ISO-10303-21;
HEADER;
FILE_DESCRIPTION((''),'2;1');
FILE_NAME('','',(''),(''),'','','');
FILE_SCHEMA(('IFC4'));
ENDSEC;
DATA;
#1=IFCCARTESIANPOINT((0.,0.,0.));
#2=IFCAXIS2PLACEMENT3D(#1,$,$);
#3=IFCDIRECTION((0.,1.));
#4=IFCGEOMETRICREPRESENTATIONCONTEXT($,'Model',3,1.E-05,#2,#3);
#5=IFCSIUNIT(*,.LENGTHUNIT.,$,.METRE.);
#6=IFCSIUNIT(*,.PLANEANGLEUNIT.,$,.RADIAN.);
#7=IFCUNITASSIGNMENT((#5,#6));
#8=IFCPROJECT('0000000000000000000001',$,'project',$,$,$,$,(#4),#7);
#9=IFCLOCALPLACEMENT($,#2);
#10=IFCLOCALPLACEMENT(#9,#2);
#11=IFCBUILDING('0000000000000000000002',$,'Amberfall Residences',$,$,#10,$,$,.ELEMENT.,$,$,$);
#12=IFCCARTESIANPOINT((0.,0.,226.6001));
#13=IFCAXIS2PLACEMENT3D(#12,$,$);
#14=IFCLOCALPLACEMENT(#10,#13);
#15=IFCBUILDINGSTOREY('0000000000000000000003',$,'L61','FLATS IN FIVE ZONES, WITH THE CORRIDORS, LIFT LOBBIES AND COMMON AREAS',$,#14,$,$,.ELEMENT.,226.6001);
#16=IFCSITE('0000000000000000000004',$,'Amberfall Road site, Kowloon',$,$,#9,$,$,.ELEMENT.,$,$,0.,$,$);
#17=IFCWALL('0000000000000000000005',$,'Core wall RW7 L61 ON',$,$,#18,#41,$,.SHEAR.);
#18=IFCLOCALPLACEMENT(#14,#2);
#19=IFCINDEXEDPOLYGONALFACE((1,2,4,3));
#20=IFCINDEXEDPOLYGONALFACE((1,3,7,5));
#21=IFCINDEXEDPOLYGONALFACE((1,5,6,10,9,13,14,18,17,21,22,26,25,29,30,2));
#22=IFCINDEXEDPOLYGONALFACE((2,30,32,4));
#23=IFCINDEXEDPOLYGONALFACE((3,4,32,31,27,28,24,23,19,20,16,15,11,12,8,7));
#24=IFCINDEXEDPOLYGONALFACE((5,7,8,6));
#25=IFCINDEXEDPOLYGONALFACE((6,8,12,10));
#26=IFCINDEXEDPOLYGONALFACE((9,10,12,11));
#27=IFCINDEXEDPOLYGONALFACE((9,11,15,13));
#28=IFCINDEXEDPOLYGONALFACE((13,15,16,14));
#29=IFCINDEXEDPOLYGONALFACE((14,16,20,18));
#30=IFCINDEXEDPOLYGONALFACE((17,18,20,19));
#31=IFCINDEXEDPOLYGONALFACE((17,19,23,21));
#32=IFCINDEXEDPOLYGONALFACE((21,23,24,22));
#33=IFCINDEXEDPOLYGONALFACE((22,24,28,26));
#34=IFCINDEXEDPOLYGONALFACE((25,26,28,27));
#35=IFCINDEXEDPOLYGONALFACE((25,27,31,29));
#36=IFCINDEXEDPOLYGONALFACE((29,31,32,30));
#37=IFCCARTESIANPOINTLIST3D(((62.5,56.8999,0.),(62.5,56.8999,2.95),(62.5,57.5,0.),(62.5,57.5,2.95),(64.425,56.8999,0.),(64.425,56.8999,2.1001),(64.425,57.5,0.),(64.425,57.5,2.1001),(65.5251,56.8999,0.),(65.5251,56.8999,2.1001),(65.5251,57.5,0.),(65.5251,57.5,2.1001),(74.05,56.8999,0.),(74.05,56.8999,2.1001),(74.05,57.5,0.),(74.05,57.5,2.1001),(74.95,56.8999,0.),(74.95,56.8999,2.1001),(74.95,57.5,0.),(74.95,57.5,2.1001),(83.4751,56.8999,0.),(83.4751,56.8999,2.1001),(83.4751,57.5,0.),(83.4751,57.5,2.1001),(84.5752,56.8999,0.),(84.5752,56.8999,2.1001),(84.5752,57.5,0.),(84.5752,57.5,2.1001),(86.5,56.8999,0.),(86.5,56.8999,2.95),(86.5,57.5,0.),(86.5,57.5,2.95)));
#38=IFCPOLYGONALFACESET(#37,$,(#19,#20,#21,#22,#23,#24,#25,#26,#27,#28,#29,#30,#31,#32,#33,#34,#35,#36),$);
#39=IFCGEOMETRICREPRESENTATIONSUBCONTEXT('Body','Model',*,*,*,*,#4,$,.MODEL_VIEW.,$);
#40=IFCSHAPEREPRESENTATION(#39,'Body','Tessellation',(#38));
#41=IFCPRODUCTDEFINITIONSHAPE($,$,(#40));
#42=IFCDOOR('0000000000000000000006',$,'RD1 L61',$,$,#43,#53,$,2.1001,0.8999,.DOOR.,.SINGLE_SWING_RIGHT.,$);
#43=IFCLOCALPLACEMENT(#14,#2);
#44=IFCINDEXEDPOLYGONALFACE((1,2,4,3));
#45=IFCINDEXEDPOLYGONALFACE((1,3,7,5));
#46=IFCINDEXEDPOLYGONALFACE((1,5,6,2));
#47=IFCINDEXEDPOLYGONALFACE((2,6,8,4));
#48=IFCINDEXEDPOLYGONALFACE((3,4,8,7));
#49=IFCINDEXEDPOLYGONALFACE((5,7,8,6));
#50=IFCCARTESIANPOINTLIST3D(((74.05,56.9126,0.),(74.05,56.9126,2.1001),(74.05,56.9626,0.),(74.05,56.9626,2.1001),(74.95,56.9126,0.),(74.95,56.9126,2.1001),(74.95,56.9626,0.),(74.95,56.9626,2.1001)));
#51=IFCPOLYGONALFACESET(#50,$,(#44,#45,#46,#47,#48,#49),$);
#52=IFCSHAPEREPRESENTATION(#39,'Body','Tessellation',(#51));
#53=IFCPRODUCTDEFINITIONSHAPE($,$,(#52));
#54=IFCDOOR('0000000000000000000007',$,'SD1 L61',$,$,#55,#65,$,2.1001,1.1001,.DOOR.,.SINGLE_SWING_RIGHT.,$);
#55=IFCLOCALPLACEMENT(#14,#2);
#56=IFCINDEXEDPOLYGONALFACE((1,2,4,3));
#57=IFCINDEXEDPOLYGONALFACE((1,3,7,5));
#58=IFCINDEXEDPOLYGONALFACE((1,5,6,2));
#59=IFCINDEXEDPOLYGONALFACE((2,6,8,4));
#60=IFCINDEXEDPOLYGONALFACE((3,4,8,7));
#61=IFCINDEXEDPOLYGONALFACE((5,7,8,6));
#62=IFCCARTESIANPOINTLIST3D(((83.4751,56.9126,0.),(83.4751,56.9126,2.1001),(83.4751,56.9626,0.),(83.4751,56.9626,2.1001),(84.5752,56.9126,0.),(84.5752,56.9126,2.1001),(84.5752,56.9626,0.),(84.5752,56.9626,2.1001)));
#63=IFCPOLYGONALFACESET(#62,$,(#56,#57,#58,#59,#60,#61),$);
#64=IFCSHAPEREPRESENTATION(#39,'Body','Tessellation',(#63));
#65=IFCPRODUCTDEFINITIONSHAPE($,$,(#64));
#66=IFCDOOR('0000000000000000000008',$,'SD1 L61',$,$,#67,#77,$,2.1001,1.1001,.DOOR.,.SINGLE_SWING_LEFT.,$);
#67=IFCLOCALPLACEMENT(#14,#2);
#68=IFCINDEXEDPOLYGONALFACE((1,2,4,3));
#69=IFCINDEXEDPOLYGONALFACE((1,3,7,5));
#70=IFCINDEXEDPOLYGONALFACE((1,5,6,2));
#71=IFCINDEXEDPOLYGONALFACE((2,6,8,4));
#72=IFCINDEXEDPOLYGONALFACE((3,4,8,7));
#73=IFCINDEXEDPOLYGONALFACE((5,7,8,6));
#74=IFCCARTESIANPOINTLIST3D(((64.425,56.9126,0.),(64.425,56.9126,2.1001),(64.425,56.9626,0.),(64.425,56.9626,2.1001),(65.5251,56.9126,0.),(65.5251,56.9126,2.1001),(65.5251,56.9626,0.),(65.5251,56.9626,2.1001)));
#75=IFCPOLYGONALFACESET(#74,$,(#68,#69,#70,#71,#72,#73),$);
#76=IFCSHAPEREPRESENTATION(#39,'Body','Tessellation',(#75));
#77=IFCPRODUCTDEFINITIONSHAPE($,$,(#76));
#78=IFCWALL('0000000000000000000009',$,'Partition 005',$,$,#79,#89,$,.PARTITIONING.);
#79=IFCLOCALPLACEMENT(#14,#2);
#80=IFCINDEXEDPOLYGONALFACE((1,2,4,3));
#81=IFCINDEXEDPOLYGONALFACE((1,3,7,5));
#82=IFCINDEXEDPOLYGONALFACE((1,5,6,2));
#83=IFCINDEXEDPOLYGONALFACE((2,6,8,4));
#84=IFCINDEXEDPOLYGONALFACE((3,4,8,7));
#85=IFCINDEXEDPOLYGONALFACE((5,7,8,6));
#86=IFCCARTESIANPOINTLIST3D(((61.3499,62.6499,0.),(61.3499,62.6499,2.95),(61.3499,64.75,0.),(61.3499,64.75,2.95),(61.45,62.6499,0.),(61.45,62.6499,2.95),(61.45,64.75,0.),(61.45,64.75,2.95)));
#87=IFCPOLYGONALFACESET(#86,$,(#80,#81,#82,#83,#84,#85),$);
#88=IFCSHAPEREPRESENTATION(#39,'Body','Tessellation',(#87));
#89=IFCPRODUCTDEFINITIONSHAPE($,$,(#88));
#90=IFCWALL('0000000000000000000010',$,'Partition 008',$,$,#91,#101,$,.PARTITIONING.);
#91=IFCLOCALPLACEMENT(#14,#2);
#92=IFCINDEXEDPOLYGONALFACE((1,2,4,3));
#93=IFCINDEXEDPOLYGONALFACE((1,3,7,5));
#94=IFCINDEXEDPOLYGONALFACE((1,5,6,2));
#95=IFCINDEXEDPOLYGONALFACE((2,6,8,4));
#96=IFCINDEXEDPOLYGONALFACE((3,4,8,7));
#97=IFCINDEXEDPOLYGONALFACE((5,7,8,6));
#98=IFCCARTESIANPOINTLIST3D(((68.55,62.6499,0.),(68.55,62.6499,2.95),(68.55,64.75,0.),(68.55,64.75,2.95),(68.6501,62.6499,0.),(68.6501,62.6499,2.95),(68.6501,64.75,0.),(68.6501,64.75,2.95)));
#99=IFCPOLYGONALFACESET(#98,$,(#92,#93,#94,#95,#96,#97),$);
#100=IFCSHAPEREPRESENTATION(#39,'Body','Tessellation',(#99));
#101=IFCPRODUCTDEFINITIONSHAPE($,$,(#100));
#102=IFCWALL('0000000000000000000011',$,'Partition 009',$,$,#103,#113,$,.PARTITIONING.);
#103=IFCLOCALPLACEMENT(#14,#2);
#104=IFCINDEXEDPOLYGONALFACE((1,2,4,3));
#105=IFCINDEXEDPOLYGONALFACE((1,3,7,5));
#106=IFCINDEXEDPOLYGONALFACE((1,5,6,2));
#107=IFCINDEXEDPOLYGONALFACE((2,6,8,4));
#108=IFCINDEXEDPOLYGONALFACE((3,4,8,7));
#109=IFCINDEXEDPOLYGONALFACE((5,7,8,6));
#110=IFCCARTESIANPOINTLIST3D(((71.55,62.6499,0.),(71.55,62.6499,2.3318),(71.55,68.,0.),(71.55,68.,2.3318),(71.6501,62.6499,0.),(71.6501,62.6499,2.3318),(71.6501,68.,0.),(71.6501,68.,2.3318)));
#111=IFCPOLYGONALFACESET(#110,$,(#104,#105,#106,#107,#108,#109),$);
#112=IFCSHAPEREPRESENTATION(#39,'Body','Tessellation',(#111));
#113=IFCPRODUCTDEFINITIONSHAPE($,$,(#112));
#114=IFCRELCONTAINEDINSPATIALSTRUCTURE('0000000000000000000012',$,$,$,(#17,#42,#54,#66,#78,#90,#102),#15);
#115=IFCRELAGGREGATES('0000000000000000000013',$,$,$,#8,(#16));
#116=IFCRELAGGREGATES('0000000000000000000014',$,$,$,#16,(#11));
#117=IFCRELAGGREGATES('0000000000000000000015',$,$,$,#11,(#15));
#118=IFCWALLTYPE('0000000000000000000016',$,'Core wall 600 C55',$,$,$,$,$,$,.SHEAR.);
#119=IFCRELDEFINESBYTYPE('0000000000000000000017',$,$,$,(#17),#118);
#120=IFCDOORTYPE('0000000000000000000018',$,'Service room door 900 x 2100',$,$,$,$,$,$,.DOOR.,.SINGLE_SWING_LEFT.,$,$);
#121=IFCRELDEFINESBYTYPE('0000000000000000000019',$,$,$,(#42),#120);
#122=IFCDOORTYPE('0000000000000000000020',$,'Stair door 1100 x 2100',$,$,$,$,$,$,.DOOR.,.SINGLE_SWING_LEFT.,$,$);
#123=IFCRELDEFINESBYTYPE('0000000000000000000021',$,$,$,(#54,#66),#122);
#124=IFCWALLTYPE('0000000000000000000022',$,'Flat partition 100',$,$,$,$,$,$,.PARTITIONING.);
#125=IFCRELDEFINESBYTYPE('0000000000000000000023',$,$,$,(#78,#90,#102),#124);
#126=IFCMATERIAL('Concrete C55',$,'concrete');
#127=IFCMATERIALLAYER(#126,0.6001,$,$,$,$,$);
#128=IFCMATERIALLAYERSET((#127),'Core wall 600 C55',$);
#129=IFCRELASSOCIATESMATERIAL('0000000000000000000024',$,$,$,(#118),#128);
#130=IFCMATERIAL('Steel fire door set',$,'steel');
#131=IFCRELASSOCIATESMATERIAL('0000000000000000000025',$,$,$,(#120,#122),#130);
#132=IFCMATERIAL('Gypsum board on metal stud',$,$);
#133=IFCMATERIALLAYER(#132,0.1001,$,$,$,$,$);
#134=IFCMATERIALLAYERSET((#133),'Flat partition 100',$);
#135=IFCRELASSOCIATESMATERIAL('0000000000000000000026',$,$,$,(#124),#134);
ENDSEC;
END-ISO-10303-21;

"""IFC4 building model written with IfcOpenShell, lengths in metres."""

from ifc_helpers import new_model, si_unit, direction, frame, frame_2d, origin, place, context, subcontext, project, spatial, rectangle, extrude, material, layer, layer_set, type_object, element, fill, save


model = new_model("IFC4")

# Units and contexts
model_context = context("Model", 3, precision=1e-05, world=origin(), true_north=direction((0.0, 1.0)))
body_context = subcontext(model_context, "Body", "Model", "MODEL_VIEW")
ifc_project = project(units=[si_unit("LENGTHUNIT", "METRE"), si_unit("PLANEANGLEUNIT", "RADIAN")], contexts=[model_context])

# Site, building, storey
site_placement = place(None, origin())
site = spatial("IfcSite", under=ifc_project, at=site_placement, Name="Amberfall Road site, Kowloon", CompositionType="ELEMENT", RefElevation=0.0)
building_placement = place(site_placement, origin())
building = spatial("IfcBuilding", under=site, at=building_placement, Name="Amberfall Residences", CompositionType="ELEMENT")
storey_placement = place(building_placement, frame((0.0, 0.0, 226.6001)))
storey = spatial("IfcBuildingStorey", under=building, at=storey_placement, Name="L61", Description="FLATS IN FIVE ZONES, WITH THE CORRIDORS, LIFT LOBBIES AND COMMON AREAS", CompositionType="ELEMENT", Elevation=226.6001)

# Wall, openings, doors
ifc_material_1 = material(Name="Concrete C55", Category="concrete")
ifc_layer_1 = layer(ifc_material_1, 0.6001)
ifc_layer_set_1 = layer_set([ifc_layer_1], Name="Core wall 600 C55")
wall_type_1 = type_object("IfcWallType", Name="Core wall 600 C55", PredefinedType="SHEAR", material=ifc_layer_set_1)
wall_1_placement = place(storey_placement, frame((62.5, 57.2, 0.0), z_axis=(0.0, 0.0, 1.0), x_axis=(1.0, 0.0, 0.0)))
wall_1 = element("IfcWall", 1, at=wall_1_placement, inside=storey, type_object=wall_type_1, Name="Core wall RW7 L61 ON", PredefinedType="SHEAR", context=body_context, shape_type="SweptSolid", body=[
    extrude(rectangle(XDim=24.0, YDim=0.6001, at=frame_2d((12.0, 0.0))), origin(), (0.0, 0.0, 1.0), 2.95),
])
opening_1_placement = place(wall_1_placement, frame((20.9751, 0.0, 0.0)))
opening_1 = element("IfcOpeningElement", 2, at=opening_1_placement, cuts=wall_1, PredefinedType="OPENING", context=body_context, shape_type="SweptSolid", body=[
    extrude(rectangle(XDim=1.1001, YDim=2.1001, at=frame_2d((0.55, 1.05))), frame((0.0, 0.3101, 0.0), z_axis=(0.0, -1.0, 0.0), x_axis=(1.0, 0.0, 0.0)), (0.0, 0.0, 1.0), 0.6201),
])
opening_2_placement = place(wall_1_placement, frame((1.925, 0.0, 0.0)))
opening_2 = element("IfcOpeningElement", 3, at=opening_2_placement, cuts=wall_1, PredefinedType="OPENING", context=body_context, shape_type="SweptSolid", body=[
    extrude(rectangle(XDim=1.1001, YDim=2.1001, at=frame_2d((0.55, 1.05))), frame((0.0, 0.3101, 0.0), z_axis=(0.0, -1.0, 0.0), x_axis=(1.0, 0.0, 0.0)), (0.0, 0.0, 1.0), 0.6201),
])
opening_3_placement = place(wall_1_placement, frame((11.55, 0.0, 0.0)))
opening_3 = element("IfcOpeningElement", 4, at=opening_3_placement, cuts=wall_1, PredefinedType="OPENING", context=body_context, shape_type="SweptSolid", body=[
    extrude(rectangle(XDim=0.8999, YDim=2.1001, at=frame_2d((0.45, 1.05))), frame((0.0, 0.3101, 0.0), z_axis=(0.0, -1.0, 0.0), x_axis=(1.0, 0.0, 0.0)), (0.0, 0.0, 1.0), 0.6201),
])
ifc_material_2 = material(Name="Steel fire door set", Category="steel")
door_type_1 = type_object("IfcDoorType", Name="Service room door 900 x 2100", OperationType="SINGLE_SWING_LEFT", PredefinedType="DOOR", material=ifc_material_2)
door_1_placement = place(opening_3_placement, origin())
door_1 = element("IfcDoor", 5, at=door_1_placement, inside=storey, type_object=door_type_1, Name="RD1 L61", OperationType="SINGLE_SWING_RIGHT", OverallHeight=2.1001, OverallWidth=0.8999, PredefinedType="DOOR", context=body_context, shape_type="SweptSolid", body=[
    extrude(rectangle(XDim=0.8999, YDim=2.1001, at=frame_2d((0.45, 1.05))), frame((0.0, -0.2373, 0.0), z_axis=(0.0, -1.0, 0.0), x_axis=(1.0, 0.0, 0.0)), (0.0, 0.0, 1.0), 0.05),
])
fill(opening_3, door_1)
door_type_2 = type_object("IfcDoorType", Name="Stair door 1100 x 2100", OperationType="SINGLE_SWING_LEFT", PredefinedType="DOOR", material=ifc_material_2)
door_2_placement = place(opening_1_placement, origin())
door_2 = element("IfcDoor", 6, at=door_2_placement, inside=storey, type_object=door_type_2, Name="SD1 L61", OperationType="SINGLE_SWING_RIGHT", OverallHeight=2.1001, OverallWidth=1.1001, PredefinedType="DOOR", context=body_context, shape_type="SweptSolid", body=[
    extrude(rectangle(XDim=1.1001, YDim=2.1001, at=frame_2d((0.55, 1.05))), frame((0.0, -0.2373, 0.0), z_axis=(0.0, -1.0, 0.0), x_axis=(1.0, 0.0, 0.0)), (0.0, 0.0, 1.0), 0.05),
])
fill(opening_1, door_2)
door_3_placement = place(opening_2_placement, origin())
door_3 = element("IfcDoor", 7, at=door_3_placement, inside=storey, type_object=door_type_2, Name="SD1 L61", OperationType="SINGLE_SWING_LEFT", OverallHeight=2.1001, OverallWidth=1.1001, PredefinedType="DOOR", context=body_context, shape_type="SweptSolid", body=[
    extrude(rectangle(XDim=1.1001, YDim=2.1001, at=frame_2d((0.55, 1.05))), frame((0.0, -0.2373, 0.0), z_axis=(0.0, -1.0, 0.0), x_axis=(1.0, 0.0, 0.0)), (0.0, 0.0, 1.0), 0.05),
])
fill(opening_2, door_3)

# Walls
ifc_material_3 = material(Name="Gypsum board on metal stud")
ifc_layer_2 = layer(ifc_material_3, 0.1001)
ifc_layer_set_2 = layer_set([ifc_layer_2], Name="Flat partition 100")
wall_type_2 = type_object("IfcWallType", Name="Flat partition 100", PredefinedType="PARTITIONING", material=ifc_layer_set_2)
for number, where, z_axis, x_axis, name in (
    (8, (61.3999, 62.6499, 0.0), (0.0, 0.0, 1.0), (0.0, 1.0, 0.0), "Partition 005"),
    (9, (68.6001, 62.6499, 0.0), (0.0, 0.0, 1.0), (0.0, 1.0, 0.0), "Partition 008"),
):
    element("IfcWall", number, at=place(storey_placement, frame(where, z_axis=z_axis, x_axis=x_axis)), inside=storey, type_object=wall_type_2, Name=name, PredefinedType="PARTITIONING", context=body_context, shape_type="SweptSolid", body=[
        extrude(rectangle(XDim=2.1001, YDim=0.1001, at=frame_2d((1.05, 0.0))), origin(), (0.0, 0.0, 1.0), 2.95),
    ])
wall_2_placement = place(storey_placement, frame((71.6001, 62.6499, 0.0), z_axis=(0.0, 0.0, 1.0), x_axis=(0.0, 1.0, 0.0)))
element("IfcWall", 10, at=wall_2_placement, inside=storey, type_object=wall_type_2, Name="Partition 009", PredefinedType="PARTITIONING", context=body_context, shape_type="SweptSolid", body=[
    extrude(rectangle(XDim=5.3501, YDim=0.1001, at=frame_2d((2.675, 0.0))), origin(), (0.0, 0.0, 1.0), 2.3318),
])

save(model, "model.ifc")
